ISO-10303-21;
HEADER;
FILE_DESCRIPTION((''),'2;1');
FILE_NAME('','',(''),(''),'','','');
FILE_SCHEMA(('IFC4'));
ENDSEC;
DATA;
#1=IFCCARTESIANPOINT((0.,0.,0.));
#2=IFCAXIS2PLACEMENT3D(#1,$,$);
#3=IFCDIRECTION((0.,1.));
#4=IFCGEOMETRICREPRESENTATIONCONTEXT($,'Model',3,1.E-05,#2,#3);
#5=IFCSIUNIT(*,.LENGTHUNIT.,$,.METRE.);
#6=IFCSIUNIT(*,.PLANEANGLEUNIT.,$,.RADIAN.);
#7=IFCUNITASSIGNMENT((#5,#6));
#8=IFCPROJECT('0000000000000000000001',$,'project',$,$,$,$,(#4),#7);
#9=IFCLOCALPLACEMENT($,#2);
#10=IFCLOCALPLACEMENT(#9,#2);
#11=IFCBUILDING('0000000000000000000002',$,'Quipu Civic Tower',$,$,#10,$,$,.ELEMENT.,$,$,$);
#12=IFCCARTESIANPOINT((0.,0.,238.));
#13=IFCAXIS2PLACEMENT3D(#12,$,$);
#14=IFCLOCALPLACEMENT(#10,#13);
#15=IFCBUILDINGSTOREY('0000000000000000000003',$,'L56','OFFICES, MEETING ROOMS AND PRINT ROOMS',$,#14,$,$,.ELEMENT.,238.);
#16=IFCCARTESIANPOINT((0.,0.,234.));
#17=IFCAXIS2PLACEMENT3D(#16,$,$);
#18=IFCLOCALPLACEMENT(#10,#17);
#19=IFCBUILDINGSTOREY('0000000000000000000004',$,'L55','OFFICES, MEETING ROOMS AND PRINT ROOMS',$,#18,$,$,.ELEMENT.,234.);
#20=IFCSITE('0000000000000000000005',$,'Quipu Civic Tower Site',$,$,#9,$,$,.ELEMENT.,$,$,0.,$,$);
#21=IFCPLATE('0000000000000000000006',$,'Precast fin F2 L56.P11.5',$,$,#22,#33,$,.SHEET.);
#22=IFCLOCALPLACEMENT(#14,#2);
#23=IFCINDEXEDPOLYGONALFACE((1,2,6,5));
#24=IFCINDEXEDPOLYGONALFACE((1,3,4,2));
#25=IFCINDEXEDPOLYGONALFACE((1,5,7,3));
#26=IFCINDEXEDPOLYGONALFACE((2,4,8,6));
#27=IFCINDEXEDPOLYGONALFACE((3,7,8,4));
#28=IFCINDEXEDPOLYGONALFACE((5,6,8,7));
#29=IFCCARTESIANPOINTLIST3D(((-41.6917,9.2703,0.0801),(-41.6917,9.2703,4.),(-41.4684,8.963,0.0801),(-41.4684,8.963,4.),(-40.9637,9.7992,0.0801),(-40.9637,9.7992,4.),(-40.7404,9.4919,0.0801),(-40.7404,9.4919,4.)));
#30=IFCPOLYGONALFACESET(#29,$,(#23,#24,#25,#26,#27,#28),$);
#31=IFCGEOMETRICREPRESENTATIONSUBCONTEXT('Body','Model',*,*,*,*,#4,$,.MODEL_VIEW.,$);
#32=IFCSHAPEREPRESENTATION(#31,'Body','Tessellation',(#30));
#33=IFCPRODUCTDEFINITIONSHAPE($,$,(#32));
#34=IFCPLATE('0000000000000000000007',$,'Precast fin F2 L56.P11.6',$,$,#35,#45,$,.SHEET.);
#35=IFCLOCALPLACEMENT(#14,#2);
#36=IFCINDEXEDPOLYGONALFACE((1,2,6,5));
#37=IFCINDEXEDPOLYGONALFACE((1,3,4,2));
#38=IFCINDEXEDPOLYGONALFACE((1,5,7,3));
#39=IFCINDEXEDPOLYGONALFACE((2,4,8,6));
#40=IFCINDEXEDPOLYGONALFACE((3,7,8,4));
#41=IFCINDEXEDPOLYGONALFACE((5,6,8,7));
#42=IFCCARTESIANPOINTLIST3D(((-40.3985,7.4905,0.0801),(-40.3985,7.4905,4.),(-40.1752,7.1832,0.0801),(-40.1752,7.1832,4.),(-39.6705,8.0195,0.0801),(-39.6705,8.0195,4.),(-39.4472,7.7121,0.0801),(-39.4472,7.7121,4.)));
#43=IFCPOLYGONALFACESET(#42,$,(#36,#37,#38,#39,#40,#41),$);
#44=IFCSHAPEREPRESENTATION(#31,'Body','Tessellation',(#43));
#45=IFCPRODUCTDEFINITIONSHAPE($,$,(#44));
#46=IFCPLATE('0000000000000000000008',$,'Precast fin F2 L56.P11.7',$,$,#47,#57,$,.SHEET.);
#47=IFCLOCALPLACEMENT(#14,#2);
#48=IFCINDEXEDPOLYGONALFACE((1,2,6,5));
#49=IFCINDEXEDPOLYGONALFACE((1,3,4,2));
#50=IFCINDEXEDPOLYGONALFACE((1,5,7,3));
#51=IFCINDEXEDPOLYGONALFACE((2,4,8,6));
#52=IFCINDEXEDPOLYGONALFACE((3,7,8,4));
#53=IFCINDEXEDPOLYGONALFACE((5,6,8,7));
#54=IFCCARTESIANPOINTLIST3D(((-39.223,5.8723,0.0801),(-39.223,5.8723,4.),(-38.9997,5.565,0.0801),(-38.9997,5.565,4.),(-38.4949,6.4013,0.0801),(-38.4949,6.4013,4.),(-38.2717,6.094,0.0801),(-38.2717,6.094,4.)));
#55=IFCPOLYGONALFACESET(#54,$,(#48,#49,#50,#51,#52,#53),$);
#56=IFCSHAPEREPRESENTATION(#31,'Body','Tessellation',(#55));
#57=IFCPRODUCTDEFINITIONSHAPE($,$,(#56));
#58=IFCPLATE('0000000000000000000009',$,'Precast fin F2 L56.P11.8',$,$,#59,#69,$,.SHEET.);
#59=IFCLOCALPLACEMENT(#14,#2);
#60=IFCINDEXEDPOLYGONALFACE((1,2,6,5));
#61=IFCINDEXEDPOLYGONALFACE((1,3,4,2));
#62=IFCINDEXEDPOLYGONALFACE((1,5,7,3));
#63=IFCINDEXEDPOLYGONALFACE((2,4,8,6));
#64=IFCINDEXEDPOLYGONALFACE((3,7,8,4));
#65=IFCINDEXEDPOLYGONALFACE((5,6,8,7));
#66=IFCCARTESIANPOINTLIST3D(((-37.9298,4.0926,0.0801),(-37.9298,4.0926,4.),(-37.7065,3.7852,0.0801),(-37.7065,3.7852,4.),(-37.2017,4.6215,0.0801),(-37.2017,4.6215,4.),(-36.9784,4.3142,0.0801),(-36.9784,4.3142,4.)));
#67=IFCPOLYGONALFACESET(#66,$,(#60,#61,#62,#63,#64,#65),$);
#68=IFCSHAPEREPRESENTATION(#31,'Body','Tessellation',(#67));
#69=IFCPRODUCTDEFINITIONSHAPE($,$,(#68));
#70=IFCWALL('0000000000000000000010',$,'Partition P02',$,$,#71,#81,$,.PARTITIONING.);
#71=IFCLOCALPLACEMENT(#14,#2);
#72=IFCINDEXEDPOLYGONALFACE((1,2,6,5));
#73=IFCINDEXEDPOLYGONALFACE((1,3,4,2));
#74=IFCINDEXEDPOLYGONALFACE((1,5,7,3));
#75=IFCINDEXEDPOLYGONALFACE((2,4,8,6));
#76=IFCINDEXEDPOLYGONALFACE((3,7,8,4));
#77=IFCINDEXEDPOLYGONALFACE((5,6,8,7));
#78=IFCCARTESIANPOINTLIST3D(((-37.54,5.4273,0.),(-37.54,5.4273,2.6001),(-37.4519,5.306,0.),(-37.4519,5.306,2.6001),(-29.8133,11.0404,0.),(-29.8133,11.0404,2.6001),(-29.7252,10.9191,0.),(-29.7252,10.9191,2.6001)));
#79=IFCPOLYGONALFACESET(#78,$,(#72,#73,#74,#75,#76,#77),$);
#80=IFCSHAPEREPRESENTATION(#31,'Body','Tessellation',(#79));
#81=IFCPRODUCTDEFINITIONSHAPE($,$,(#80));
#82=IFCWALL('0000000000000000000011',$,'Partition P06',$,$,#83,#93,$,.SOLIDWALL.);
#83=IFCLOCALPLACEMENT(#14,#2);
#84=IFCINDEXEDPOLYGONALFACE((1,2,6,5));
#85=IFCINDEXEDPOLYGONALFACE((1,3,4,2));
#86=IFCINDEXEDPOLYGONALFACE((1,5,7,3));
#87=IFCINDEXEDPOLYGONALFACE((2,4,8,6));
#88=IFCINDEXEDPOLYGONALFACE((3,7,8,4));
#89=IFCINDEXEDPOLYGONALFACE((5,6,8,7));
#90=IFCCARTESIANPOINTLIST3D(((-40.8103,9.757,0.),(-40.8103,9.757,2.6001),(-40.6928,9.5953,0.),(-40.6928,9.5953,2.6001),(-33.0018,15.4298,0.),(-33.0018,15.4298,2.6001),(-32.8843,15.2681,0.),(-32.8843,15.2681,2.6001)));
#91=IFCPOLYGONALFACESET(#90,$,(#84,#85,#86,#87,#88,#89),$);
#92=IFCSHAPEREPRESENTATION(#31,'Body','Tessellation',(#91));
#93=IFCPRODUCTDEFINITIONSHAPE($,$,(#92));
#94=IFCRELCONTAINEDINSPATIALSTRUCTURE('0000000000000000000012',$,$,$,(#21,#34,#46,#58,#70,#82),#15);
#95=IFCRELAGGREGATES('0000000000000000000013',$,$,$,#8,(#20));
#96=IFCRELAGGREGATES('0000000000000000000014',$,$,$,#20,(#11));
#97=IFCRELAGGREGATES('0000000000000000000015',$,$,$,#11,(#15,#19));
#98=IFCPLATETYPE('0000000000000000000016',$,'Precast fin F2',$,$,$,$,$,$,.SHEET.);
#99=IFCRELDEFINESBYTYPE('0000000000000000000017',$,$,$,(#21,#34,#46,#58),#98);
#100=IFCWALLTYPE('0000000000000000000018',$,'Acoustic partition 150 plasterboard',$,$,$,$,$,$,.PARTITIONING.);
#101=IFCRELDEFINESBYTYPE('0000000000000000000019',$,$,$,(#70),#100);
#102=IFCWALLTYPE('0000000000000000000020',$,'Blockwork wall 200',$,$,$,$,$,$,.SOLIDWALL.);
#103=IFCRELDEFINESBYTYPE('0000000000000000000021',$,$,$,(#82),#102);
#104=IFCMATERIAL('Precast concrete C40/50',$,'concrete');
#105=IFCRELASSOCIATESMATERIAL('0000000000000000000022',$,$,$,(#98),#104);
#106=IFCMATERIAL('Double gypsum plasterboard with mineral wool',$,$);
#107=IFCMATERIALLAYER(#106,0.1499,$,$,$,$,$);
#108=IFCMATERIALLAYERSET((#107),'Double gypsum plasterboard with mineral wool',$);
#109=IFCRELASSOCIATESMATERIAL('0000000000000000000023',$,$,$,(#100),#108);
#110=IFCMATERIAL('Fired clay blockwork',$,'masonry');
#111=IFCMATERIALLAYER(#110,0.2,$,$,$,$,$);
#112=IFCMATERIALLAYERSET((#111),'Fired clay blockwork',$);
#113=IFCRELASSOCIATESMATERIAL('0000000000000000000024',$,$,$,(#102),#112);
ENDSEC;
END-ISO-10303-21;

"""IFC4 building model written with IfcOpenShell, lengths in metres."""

from ifc_helpers import new_model, si_unit, direction, frame, frame_2d, origin, origin_2d, place, context, subcontext, project, spatial, rectangle, extrude, material, layer, layer_set, type_object, element, save


model = new_model("IFC4")

# Units and contexts
model_context = context("Model", 3, precision=1e-05, world=origin(), true_north=direction((0.0, 1.0)))
body_context = subcontext(model_context, "Body", "Model", "MODEL_VIEW")
ifc_project = project(units=[si_unit("LENGTHUNIT", "METRE"), si_unit("PLANEANGLEUNIT", "RADIAN")], contexts=[model_context])

# Site, building, storey
site_placement = place(None, origin())
site = spatial("IfcSite", under=ifc_project, at=site_placement, Name="Quipu Civic Tower Site", CompositionType="ELEMENT", RefElevation=0.0)
building_placement = place(site_placement, origin())
building = spatial("IfcBuilding", under=site, at=building_placement, Name="Quipu Civic Tower", CompositionType="ELEMENT")
storey_1_placement = place(building_placement, frame((0.0, 0.0, 238.0)))
storey_1 = spatial("IfcBuildingStorey", under=building, at=storey_1_placement, Name="L56", Description="OFFICES, MEETING ROOMS AND PRINT ROOMS", CompositionType="ELEMENT", Elevation=238.0)

# Shared definitions
storey_2_placement = place(building_placement, frame((0.0, 0.0, 234.0)))
storey_2 = spatial("IfcBuildingStorey", under=building, at=storey_2_placement, Name="L55", Description="OFFICES, MEETING ROOMS AND PRINT ROOMS", CompositionType="ELEMENT", Elevation=234.0)

# Plates
ifc_material_1 = material(Name="Precast concrete C40/50", Category="concrete")
plate_type_1 = type_object("IfcPlateType", Name="Precast fin F2", PredefinedType="SHEET", material=ifc_material_1)
for number, where, z_axis, x_axis, name in (
    (1, (-41.2161, 9.3811, 0.0801), (0.0, 0.0, 1.0), (0.587786, -0.809017, 0.0), "Precast fin F2 L56.P11.5"),
    (2, (-39.9229, 7.6013, 0.0801), (0.0, 0.0, 1.0), (0.587786, -0.809017, 0.0), "Precast fin F2 L56.P11.6"),
    (3, (-38.7473, 5.9832, 0.0801), (0.0, 0.0, 1.0), (0.587786, -0.809017, 0.0), "Precast fin F2 L56.P11.7"),
    (4, (-37.4541, 4.2034, 0.0801), (0.0, 0.0, 1.0), (0.587786, -0.809017, 0.0), "Precast fin F2 L56.P11.8"),
):
    element("IfcPlate", number, at=place(storey_1_placement, frame(where, z_axis=z_axis, x_axis=x_axis)), inside=storey_1, type_object=plate_type_1, Name=name, PredefinedType="SHEET", context=body_context, shape_type="SweptSolid", body=[
        extrude(rectangle(XDim=0.3799, YDim=0.8999, at=origin_2d()), origin(), (0.0, 0.0, 1.0), 3.9199),
    ])

# Walls
ifc_material_2 = material(Name="Double gypsum plasterboard with mineral wool")
ifc_layer_1 = layer(ifc_material_2, 0.1499)
ifc_layer_set_1 = layer_set([ifc_layer_1], Name="Double gypsum plasterboard with mineral wool")
wall_type_1 = type_object("IfcWallType", Name="Acoustic partition 150 plasterboard", PredefinedType="PARTITIONING", material=ifc_layer_set_1)
wall_1_placement = place(storey_1_placement, frame((-29.7693, 10.9797, 0.0), z_axis=(0.0, 0.0, 1.0), x_axis=(-0.809049, -0.587741, 0.0)))
element("IfcWall", 5, at=wall_1_placement, inside=storey_1, type_object=wall_type_1, Name="Partition P02", PredefinedType="PARTITIONING", context=body_context, shape_type="SweptSolid", body=[
    extrude(rectangle(XDim=9.5503, YDim=0.1499, at=frame_2d((4.7751, 0.0))), origin(), (0.0, 0.0, 1.0), 2.6001),
])
ifc_material_3 = material(Name="Fired clay blockwork", Category="masonry")
ifc_layer_2 = layer(ifc_material_3, 0.2)
ifc_layer_set_2 = layer_set([ifc_layer_2], Name="Fired clay blockwork")
wall_type_2 = type_object("IfcWallType", Name="Blockwork wall 200", PredefinedType="SOLIDWALL", material=ifc_layer_set_2)
wall_2_placement = place(storey_1_placement, frame((-32.9431, 15.3489, 0.0), z_axis=(0.0, 0.0, 1.0), x_axis=(-0.809038, -0.587757, 0.0)))
element("IfcWall", 6, at=wall_2_placement, inside=storey_1, type_object=wall_type_2, Name="Partition P06", PredefinedType="SOLIDWALL", context=body_context, shape_type="SweptSolid", body=[
    extrude(rectangle(XDim=9.6516, YDim=0.2, at=frame_2d((4.8257, 0.0))), origin(), (0.0, 0.0, 1.0), 2.6001),
])

save(model, "model.ifc")
